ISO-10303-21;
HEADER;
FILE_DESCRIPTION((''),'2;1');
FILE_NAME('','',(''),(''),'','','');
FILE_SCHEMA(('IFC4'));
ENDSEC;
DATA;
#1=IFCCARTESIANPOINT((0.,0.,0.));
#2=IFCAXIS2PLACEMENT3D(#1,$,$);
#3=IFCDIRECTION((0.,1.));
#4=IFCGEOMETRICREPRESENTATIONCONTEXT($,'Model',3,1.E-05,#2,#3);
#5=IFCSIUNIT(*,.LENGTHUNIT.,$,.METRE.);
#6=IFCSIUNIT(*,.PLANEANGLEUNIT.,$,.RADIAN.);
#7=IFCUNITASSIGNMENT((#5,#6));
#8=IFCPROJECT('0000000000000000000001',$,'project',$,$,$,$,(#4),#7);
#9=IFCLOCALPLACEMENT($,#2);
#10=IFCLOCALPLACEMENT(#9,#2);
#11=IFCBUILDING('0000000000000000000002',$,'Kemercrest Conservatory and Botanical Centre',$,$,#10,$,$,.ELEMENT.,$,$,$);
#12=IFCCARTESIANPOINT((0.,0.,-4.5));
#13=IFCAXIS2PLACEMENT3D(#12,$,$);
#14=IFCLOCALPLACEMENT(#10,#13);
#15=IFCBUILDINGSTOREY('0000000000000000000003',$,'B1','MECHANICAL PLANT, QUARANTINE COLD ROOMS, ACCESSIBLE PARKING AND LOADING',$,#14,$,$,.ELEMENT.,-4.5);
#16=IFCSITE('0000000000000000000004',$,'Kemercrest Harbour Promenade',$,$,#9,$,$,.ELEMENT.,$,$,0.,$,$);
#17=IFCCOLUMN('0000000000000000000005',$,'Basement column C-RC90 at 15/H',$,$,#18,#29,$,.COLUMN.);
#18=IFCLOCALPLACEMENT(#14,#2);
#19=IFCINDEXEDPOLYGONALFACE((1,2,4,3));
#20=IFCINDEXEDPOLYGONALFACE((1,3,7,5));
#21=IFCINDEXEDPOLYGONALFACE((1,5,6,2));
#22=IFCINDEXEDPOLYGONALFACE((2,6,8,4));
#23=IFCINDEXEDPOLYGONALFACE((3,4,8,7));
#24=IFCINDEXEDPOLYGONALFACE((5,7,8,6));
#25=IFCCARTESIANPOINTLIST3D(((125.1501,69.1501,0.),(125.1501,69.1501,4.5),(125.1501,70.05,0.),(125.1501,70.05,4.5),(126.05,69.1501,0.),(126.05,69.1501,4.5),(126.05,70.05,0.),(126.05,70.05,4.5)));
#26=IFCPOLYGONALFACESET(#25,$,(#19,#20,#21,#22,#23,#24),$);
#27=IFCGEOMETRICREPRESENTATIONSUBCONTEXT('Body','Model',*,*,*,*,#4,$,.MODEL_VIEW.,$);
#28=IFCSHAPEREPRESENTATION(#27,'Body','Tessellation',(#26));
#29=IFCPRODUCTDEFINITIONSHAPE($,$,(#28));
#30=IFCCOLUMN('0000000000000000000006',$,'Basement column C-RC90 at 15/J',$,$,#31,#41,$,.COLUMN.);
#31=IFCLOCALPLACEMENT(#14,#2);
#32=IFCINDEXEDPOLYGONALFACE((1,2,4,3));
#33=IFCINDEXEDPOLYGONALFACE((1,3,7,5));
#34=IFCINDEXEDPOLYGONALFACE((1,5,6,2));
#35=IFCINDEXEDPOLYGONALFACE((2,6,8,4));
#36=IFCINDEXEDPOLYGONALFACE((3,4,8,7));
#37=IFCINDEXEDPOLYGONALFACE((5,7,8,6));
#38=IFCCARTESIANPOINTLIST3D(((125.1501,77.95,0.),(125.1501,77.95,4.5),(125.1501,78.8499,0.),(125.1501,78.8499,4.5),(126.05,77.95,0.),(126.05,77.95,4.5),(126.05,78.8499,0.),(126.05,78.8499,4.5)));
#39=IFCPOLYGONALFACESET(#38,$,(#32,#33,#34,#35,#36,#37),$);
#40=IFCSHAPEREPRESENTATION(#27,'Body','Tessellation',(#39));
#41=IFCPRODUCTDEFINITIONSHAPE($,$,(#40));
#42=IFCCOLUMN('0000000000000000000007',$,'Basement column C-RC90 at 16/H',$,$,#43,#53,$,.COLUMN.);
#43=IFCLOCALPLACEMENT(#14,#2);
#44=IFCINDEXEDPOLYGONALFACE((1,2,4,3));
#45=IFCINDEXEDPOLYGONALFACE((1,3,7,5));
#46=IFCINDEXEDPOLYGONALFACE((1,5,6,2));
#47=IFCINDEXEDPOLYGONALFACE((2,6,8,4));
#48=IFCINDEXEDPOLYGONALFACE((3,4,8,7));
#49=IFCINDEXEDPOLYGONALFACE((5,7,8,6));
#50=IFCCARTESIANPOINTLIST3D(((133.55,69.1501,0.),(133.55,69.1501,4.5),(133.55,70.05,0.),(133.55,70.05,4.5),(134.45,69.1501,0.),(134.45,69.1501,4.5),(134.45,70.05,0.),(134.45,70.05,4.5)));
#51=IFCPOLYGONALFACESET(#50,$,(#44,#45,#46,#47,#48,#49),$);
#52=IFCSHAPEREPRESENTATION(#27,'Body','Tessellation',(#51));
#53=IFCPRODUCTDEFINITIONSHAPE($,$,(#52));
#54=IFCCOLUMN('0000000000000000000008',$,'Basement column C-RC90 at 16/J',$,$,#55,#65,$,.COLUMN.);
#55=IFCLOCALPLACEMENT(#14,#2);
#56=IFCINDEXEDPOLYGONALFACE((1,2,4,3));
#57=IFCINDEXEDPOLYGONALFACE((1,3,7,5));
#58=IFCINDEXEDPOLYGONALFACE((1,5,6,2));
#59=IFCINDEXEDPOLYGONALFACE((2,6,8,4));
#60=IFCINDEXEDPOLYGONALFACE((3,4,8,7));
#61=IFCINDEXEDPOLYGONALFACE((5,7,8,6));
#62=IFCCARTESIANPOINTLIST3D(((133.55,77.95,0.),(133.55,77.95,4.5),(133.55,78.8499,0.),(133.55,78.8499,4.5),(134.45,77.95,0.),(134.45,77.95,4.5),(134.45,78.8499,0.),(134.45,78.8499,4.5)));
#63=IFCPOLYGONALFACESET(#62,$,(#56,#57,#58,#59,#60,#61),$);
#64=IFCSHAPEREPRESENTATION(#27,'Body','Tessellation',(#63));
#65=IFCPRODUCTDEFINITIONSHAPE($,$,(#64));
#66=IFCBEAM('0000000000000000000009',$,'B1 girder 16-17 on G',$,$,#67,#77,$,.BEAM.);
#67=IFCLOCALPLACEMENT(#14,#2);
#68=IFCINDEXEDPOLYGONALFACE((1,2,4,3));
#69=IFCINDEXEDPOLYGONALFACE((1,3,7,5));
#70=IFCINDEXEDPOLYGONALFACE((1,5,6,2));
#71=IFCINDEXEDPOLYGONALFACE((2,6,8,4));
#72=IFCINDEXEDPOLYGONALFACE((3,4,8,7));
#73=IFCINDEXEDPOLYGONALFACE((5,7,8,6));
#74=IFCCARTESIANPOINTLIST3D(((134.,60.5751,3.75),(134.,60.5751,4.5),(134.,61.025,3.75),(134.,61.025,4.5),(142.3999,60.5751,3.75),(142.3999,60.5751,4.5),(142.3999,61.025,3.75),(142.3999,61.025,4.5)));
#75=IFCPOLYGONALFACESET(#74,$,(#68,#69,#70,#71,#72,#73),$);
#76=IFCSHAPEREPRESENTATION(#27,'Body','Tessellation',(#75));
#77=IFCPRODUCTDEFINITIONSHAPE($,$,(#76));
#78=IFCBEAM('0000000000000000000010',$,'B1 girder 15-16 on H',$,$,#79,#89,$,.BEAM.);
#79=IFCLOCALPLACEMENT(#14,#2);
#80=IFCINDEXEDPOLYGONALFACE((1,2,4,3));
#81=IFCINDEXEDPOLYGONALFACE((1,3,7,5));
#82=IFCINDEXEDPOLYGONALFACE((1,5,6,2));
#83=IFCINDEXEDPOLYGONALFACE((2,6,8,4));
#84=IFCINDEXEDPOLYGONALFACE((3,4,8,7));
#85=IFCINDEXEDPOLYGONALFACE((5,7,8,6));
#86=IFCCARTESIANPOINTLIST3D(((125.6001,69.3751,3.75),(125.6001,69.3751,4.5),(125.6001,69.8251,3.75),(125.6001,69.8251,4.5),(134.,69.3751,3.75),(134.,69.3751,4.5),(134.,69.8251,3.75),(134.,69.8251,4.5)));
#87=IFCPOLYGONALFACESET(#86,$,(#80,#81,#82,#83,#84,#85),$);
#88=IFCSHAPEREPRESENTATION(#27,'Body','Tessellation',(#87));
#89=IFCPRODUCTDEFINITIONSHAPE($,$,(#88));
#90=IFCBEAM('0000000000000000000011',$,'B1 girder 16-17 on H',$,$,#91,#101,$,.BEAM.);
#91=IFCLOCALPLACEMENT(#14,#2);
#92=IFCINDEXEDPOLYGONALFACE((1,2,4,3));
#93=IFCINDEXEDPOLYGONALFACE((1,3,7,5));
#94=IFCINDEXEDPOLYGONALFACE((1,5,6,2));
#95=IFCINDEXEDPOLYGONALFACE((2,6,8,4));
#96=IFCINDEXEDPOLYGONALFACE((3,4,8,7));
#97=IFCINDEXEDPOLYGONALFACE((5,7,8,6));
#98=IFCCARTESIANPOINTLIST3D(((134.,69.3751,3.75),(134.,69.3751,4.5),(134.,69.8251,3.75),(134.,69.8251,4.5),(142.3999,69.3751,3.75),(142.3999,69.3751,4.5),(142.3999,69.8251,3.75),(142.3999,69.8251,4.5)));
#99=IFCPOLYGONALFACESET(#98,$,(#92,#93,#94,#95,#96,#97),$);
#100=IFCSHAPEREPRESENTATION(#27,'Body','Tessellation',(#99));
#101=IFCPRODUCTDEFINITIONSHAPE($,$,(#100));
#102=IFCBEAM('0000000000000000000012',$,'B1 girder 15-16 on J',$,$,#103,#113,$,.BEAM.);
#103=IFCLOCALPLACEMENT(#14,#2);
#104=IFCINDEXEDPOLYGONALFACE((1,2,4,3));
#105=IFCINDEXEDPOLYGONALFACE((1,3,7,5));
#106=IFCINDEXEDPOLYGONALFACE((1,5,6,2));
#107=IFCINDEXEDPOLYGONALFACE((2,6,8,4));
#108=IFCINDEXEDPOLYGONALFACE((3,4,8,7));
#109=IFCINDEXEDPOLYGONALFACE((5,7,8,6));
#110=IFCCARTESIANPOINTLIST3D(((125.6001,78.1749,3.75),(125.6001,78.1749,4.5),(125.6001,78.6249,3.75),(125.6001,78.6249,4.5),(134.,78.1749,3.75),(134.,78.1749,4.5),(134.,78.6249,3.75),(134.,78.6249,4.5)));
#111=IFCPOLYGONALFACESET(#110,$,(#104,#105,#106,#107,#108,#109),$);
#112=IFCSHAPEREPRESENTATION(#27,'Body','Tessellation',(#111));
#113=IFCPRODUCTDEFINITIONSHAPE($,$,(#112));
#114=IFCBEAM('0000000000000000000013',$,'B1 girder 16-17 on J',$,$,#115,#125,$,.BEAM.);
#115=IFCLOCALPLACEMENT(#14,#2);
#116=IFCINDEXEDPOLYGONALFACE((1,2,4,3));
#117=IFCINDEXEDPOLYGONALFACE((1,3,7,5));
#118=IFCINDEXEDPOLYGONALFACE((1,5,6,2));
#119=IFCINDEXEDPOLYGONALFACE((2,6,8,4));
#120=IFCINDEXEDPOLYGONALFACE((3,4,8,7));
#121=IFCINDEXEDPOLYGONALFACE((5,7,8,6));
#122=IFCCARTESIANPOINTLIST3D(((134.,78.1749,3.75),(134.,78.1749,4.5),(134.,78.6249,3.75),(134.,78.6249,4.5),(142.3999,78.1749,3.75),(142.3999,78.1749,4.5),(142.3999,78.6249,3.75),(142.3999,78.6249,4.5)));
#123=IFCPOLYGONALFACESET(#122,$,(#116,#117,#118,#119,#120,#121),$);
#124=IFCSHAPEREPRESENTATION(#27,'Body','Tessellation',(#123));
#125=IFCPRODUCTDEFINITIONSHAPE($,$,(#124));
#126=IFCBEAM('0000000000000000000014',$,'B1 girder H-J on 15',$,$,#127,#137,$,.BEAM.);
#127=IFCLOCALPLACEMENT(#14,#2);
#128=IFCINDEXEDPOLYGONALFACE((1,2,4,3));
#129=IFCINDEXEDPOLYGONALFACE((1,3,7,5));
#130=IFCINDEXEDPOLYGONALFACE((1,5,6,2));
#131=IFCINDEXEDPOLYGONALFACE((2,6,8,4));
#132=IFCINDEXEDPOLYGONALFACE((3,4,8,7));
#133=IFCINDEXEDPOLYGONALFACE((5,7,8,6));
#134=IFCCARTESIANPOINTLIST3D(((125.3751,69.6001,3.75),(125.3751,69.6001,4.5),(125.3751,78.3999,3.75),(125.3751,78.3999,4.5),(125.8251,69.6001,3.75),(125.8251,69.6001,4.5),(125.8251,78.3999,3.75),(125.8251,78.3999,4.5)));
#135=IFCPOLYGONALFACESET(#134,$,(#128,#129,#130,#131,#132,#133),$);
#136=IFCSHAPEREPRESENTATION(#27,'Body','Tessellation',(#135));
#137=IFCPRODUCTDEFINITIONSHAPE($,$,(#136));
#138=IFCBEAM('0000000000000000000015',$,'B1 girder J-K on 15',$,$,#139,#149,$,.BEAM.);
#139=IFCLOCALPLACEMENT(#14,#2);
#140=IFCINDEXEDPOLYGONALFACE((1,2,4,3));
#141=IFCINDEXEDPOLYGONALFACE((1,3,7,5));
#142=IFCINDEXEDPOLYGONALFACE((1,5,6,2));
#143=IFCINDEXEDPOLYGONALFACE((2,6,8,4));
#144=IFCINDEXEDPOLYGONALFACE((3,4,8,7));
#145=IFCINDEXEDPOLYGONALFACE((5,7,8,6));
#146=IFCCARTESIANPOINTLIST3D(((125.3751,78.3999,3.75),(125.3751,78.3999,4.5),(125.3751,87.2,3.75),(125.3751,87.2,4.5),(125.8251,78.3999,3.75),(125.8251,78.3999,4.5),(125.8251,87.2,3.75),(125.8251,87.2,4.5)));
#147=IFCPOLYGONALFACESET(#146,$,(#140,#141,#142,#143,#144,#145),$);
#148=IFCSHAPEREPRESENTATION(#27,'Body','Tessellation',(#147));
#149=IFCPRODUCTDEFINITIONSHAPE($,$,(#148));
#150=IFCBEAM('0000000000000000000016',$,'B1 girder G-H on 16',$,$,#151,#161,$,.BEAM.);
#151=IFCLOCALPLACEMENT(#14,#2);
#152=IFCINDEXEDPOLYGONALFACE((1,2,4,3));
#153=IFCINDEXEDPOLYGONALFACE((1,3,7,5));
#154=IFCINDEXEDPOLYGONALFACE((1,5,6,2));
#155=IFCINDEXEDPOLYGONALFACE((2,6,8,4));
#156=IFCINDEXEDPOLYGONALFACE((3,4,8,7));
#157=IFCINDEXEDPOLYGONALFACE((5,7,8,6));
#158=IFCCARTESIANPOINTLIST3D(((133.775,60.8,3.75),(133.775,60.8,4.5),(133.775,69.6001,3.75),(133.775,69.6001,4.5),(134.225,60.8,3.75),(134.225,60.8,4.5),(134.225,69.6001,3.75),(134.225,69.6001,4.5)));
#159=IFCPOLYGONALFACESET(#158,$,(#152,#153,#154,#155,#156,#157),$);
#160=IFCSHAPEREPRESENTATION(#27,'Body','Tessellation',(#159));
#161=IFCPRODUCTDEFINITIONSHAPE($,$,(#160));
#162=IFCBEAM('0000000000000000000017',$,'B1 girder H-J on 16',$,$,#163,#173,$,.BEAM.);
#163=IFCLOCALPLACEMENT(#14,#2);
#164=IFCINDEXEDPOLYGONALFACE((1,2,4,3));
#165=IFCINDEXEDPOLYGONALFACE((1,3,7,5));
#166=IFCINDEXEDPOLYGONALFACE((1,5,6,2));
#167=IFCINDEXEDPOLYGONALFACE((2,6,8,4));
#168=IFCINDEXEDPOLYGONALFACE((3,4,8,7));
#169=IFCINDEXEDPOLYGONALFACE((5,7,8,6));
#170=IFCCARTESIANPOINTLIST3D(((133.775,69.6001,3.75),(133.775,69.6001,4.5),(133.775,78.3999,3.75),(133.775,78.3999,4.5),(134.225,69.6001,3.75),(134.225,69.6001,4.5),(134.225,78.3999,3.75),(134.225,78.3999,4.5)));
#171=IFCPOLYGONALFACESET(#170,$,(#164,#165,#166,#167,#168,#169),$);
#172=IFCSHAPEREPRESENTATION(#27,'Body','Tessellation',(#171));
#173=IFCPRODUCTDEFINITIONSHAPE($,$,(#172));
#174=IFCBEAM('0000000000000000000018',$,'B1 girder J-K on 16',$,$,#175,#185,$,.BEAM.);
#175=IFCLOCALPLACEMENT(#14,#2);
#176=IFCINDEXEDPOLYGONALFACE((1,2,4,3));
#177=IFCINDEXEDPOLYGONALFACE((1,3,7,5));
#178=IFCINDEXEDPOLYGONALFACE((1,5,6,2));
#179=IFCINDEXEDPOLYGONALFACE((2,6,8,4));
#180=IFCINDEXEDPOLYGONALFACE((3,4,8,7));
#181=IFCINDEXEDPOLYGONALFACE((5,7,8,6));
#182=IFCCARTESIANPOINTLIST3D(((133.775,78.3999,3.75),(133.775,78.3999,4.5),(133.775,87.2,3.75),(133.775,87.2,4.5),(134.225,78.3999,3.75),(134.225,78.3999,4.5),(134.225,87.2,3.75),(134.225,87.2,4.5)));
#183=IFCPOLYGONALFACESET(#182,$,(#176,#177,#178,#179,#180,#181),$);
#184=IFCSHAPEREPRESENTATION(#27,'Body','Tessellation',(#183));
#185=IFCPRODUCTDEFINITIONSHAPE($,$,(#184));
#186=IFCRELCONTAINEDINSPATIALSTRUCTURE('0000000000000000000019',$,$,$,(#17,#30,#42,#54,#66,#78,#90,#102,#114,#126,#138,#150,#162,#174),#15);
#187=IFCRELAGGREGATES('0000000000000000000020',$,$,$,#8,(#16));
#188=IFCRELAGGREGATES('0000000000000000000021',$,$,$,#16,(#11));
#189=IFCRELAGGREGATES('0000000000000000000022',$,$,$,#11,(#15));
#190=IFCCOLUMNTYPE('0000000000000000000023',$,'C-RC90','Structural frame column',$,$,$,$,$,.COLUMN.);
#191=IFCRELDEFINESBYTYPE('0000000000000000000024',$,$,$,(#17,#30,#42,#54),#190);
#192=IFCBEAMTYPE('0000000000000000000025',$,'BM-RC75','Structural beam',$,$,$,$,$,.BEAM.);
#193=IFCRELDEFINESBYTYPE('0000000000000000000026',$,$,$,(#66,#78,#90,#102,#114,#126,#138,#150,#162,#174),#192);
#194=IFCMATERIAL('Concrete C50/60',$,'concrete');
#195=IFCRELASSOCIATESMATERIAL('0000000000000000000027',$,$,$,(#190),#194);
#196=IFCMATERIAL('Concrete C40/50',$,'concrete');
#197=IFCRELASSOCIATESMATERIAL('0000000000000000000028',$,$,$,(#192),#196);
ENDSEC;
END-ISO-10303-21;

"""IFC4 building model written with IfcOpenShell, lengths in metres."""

from ifc_helpers import new_model, si_unit, direction, frame, origin, origin_2d, place, context, subcontext, project, spatial, rectangle, extrude, material, material_profile, profile_set, type_object, element, save


model = new_model("IFC4")

# Units and contexts
model_context = context("Model", 3, precision=1e-05, world=origin(), true_north=direction((0.0, 1.0)))
body_context = subcontext(model_context, "Body", "Model", "MODEL_VIEW")
ifc_project = project(units=[si_unit("LENGTHUNIT", "METRE"), si_unit("PLANEANGLEUNIT", "RADIAN")], contexts=[model_context])

# Site, building, storey
site_placement = place(None, origin())
site = spatial("IfcSite", under=ifc_project, at=site_placement, Name="Kemercrest Harbour Promenade", CompositionType="ELEMENT", RefElevation=0.0)
building_placement = place(site_placement, origin())
building = spatial("IfcBuilding", under=site, at=building_placement, Name="Kemercrest Conservatory and Botanical Centre", CompositionType="ELEMENT")
storey_placement = place(building_placement, frame((0.0, 0.0, -4.5)))
storey = spatial("IfcBuildingStorey", under=building, at=storey_placement, Name="B1", Description="MECHANICAL PLANT, QUARANTINE COLD ROOMS, ACCESSIBLE PARKING AND LOADING", CompositionType="ELEMENT", Elevation=-4.5)

# Shared definitions
ifc_material_1 = material(Name="Concrete C40/50", Category="concrete")

# Columns
ifc_material_2 = material(Name="Concrete C50/60", Category="concrete")
ifc_material_profile_1 = material_profile(ifc_material_2, rectangle(XDim=0.8999, YDim=0.8999, at=origin_2d()), Name="RC 900x900")
ifc_profile_set_1 = profile_set([ifc_material_profile_1], Name="Concrete C50/60")
column_type_1 = type_object("IfcColumnType", Name="C-RC90", Description="Structural frame column", PredefinedType="COLUMN", material=ifc_profile_set_1)
for number, where, z_axis, x_axis, name in (
    (1, (125.6001, 69.6001, 0.0), (0.0, 0.0, 1.0), (1.0, 0.0, 0.0), "Basement column C-RC90 at 15/H"),
    (2, (125.6001, 78.3999, 0.0), (0.0, 0.0, 1.0), (1.0, 0.0, 0.0), "Basement column C-RC90 at 15/J"),
    (3, (134.0, 69.6001, 0.0), (0.0, 0.0, 1.0), (1.0, 0.0, 0.0), "Basement column C-RC90 at 16/H"),
    (4, (134.0, 78.3999, 0.0), (0.0, 0.0, 1.0), (1.0, 0.0, 0.0), "Basement column C-RC90 at 16/J"),
):
    element("IfcColumn", number, at=place(storey_placement, frame(where, z_axis=z_axis, x_axis=x_axis)), inside=storey, type_object=column_type_1, Name=name, PredefinedType="COLUMN", context=body_context, shape_type="SweptSolid", body=[
        extrude(rectangle(XDim=0.8999, YDim=0.8999, at=origin_2d()), origin(), (0.0, 0.0, 1.0), 4.5),
    ])

# Beams
ifc_material_profile_2 = material_profile(ifc_material_1, rectangle(XDim=0.45, YDim=0.75, at=origin_2d()), Name="RC 450x750")
ifc_profile_set_2 = profile_set([ifc_material_profile_2], Name="Concrete C40/50")
beam_type = type_object("IfcBeamType", Name="BM-RC75", Description="Structural beam", PredefinedType="BEAM", material=ifc_profile_set_2)
for number, where, z_axis, x_axis, name in (
    (5, (134.0, 60.8, 4.125), (1.0, 0.0, 0.0), (0.0, 1.0, 0.0), "B1 girder 16-17 on G"),
    (6, (125.6001, 69.6001, 4.125), (1.0, 0.0, 0.0), (0.0, 1.0, 0.0), "B1 girder 15-16 on H"),
    (7, (134.0, 69.6001, 4.125), (1.0, 0.0, 0.0), (0.0, 1.0, 0.0), "B1 girder 16-17 on H"),
    (8, (125.6001, 78.3999, 4.125), (1.0, 0.0, 0.0), (0.0, 1.0, 0.0), "B1 girder 15-16 on J"),
    (9, (134.0, 78.3999, 4.125), (1.0, 0.0, 0.0), (0.0, 1.0, 0.0), "B1 girder 16-17 on J"),
):
    element("IfcBeam", number, at=place(storey_placement, frame(where, z_axis=z_axis, x_axis=x_axis)), inside=storey, type_object=beam_type, Name=name, PredefinedType="BEAM", context=body_context, shape_type="SweptSolid", body=[
        extrude(rectangle(XDim=0.45, YDim=0.75, at=origin_2d()), origin(), (0.0, 0.0, 1.0), 8.3999),
    ])
beam_1_placement = place(storey_placement, frame((125.6001, 69.6001, 4.125), z_axis=(0.0, 1.0, 0.0), x_axis=(-1.0, 0.0, 0.0)))
element("IfcBeam", 10, at=beam_1_placement, inside=storey, type_object=beam_type, Name="B1 girder H-J on 15", PredefinedType="BEAM", context=body_context, shape_type="SweptSolid", body=[
    extrude(rectangle(XDim=0.45, YDim=0.75, at=origin_2d()), origin(), (0.0, 0.0, 1.0), 8.7998),
])
for number, where, z_axis, x_axis, name in (
    (11, (125.6001, 78.3999, 4.125), (0.0, 1.0, 0.0), (-1.0, 0.0, 0.0), "B1 girder J-K on 15"),
    (12, (134.0, 60.8, 4.125), (0.0, 1.0, 0.0), (-1.0, 0.0, 0.0), "B1 girder G-H on 16"),
):
    element("IfcBeam", number, at=place(storey_placement, frame(where, z_axis=z_axis, x_axis=x_axis)), inside=storey, type_object=beam_type, Name=name, PredefinedType="BEAM", context=body_context, shape_type="SweptSolid", body=[
        extrude(rectangle(XDim=0.45, YDim=0.75, at=origin_2d()), origin(), (0.0, 0.0, 1.0), 8.8),
    ])
beam_2_placement = place(storey_placement, frame((134.0, 69.6001, 4.125), z_axis=(0.0, 1.0, 0.0), x_axis=(-1.0, 0.0, 0.0)))
element("IfcBeam", 13, at=beam_2_placement, inside=storey, type_object=beam_type, Name="B1 girder H-J on 16", PredefinedType="BEAM", context=body_context, shape_type="SweptSolid", body=[
    extrude(rectangle(XDim=0.45, YDim=0.75, at=origin_2d()), origin(), (0.0, 0.0, 1.0), 8.7998),
])
beam_3_placement = place(storey_placement, frame((134.0, 78.3999, 4.125), z_axis=(0.0, 1.0, 0.0), x_axis=(-1.0, 0.0, 0.0)))
element("IfcBeam", 14, at=beam_3_placement, inside=storey, type_object=beam_type, Name="B1 girder J-K on 16", PredefinedType="BEAM", context=body_context, shape_type="SweptSolid", body=[
    extrude(rectangle(XDim=0.45, YDim=0.75, at=origin_2d()), origin(), (0.0, 0.0, 1.0), 8.8),
])

save(model, "model.ifc")
